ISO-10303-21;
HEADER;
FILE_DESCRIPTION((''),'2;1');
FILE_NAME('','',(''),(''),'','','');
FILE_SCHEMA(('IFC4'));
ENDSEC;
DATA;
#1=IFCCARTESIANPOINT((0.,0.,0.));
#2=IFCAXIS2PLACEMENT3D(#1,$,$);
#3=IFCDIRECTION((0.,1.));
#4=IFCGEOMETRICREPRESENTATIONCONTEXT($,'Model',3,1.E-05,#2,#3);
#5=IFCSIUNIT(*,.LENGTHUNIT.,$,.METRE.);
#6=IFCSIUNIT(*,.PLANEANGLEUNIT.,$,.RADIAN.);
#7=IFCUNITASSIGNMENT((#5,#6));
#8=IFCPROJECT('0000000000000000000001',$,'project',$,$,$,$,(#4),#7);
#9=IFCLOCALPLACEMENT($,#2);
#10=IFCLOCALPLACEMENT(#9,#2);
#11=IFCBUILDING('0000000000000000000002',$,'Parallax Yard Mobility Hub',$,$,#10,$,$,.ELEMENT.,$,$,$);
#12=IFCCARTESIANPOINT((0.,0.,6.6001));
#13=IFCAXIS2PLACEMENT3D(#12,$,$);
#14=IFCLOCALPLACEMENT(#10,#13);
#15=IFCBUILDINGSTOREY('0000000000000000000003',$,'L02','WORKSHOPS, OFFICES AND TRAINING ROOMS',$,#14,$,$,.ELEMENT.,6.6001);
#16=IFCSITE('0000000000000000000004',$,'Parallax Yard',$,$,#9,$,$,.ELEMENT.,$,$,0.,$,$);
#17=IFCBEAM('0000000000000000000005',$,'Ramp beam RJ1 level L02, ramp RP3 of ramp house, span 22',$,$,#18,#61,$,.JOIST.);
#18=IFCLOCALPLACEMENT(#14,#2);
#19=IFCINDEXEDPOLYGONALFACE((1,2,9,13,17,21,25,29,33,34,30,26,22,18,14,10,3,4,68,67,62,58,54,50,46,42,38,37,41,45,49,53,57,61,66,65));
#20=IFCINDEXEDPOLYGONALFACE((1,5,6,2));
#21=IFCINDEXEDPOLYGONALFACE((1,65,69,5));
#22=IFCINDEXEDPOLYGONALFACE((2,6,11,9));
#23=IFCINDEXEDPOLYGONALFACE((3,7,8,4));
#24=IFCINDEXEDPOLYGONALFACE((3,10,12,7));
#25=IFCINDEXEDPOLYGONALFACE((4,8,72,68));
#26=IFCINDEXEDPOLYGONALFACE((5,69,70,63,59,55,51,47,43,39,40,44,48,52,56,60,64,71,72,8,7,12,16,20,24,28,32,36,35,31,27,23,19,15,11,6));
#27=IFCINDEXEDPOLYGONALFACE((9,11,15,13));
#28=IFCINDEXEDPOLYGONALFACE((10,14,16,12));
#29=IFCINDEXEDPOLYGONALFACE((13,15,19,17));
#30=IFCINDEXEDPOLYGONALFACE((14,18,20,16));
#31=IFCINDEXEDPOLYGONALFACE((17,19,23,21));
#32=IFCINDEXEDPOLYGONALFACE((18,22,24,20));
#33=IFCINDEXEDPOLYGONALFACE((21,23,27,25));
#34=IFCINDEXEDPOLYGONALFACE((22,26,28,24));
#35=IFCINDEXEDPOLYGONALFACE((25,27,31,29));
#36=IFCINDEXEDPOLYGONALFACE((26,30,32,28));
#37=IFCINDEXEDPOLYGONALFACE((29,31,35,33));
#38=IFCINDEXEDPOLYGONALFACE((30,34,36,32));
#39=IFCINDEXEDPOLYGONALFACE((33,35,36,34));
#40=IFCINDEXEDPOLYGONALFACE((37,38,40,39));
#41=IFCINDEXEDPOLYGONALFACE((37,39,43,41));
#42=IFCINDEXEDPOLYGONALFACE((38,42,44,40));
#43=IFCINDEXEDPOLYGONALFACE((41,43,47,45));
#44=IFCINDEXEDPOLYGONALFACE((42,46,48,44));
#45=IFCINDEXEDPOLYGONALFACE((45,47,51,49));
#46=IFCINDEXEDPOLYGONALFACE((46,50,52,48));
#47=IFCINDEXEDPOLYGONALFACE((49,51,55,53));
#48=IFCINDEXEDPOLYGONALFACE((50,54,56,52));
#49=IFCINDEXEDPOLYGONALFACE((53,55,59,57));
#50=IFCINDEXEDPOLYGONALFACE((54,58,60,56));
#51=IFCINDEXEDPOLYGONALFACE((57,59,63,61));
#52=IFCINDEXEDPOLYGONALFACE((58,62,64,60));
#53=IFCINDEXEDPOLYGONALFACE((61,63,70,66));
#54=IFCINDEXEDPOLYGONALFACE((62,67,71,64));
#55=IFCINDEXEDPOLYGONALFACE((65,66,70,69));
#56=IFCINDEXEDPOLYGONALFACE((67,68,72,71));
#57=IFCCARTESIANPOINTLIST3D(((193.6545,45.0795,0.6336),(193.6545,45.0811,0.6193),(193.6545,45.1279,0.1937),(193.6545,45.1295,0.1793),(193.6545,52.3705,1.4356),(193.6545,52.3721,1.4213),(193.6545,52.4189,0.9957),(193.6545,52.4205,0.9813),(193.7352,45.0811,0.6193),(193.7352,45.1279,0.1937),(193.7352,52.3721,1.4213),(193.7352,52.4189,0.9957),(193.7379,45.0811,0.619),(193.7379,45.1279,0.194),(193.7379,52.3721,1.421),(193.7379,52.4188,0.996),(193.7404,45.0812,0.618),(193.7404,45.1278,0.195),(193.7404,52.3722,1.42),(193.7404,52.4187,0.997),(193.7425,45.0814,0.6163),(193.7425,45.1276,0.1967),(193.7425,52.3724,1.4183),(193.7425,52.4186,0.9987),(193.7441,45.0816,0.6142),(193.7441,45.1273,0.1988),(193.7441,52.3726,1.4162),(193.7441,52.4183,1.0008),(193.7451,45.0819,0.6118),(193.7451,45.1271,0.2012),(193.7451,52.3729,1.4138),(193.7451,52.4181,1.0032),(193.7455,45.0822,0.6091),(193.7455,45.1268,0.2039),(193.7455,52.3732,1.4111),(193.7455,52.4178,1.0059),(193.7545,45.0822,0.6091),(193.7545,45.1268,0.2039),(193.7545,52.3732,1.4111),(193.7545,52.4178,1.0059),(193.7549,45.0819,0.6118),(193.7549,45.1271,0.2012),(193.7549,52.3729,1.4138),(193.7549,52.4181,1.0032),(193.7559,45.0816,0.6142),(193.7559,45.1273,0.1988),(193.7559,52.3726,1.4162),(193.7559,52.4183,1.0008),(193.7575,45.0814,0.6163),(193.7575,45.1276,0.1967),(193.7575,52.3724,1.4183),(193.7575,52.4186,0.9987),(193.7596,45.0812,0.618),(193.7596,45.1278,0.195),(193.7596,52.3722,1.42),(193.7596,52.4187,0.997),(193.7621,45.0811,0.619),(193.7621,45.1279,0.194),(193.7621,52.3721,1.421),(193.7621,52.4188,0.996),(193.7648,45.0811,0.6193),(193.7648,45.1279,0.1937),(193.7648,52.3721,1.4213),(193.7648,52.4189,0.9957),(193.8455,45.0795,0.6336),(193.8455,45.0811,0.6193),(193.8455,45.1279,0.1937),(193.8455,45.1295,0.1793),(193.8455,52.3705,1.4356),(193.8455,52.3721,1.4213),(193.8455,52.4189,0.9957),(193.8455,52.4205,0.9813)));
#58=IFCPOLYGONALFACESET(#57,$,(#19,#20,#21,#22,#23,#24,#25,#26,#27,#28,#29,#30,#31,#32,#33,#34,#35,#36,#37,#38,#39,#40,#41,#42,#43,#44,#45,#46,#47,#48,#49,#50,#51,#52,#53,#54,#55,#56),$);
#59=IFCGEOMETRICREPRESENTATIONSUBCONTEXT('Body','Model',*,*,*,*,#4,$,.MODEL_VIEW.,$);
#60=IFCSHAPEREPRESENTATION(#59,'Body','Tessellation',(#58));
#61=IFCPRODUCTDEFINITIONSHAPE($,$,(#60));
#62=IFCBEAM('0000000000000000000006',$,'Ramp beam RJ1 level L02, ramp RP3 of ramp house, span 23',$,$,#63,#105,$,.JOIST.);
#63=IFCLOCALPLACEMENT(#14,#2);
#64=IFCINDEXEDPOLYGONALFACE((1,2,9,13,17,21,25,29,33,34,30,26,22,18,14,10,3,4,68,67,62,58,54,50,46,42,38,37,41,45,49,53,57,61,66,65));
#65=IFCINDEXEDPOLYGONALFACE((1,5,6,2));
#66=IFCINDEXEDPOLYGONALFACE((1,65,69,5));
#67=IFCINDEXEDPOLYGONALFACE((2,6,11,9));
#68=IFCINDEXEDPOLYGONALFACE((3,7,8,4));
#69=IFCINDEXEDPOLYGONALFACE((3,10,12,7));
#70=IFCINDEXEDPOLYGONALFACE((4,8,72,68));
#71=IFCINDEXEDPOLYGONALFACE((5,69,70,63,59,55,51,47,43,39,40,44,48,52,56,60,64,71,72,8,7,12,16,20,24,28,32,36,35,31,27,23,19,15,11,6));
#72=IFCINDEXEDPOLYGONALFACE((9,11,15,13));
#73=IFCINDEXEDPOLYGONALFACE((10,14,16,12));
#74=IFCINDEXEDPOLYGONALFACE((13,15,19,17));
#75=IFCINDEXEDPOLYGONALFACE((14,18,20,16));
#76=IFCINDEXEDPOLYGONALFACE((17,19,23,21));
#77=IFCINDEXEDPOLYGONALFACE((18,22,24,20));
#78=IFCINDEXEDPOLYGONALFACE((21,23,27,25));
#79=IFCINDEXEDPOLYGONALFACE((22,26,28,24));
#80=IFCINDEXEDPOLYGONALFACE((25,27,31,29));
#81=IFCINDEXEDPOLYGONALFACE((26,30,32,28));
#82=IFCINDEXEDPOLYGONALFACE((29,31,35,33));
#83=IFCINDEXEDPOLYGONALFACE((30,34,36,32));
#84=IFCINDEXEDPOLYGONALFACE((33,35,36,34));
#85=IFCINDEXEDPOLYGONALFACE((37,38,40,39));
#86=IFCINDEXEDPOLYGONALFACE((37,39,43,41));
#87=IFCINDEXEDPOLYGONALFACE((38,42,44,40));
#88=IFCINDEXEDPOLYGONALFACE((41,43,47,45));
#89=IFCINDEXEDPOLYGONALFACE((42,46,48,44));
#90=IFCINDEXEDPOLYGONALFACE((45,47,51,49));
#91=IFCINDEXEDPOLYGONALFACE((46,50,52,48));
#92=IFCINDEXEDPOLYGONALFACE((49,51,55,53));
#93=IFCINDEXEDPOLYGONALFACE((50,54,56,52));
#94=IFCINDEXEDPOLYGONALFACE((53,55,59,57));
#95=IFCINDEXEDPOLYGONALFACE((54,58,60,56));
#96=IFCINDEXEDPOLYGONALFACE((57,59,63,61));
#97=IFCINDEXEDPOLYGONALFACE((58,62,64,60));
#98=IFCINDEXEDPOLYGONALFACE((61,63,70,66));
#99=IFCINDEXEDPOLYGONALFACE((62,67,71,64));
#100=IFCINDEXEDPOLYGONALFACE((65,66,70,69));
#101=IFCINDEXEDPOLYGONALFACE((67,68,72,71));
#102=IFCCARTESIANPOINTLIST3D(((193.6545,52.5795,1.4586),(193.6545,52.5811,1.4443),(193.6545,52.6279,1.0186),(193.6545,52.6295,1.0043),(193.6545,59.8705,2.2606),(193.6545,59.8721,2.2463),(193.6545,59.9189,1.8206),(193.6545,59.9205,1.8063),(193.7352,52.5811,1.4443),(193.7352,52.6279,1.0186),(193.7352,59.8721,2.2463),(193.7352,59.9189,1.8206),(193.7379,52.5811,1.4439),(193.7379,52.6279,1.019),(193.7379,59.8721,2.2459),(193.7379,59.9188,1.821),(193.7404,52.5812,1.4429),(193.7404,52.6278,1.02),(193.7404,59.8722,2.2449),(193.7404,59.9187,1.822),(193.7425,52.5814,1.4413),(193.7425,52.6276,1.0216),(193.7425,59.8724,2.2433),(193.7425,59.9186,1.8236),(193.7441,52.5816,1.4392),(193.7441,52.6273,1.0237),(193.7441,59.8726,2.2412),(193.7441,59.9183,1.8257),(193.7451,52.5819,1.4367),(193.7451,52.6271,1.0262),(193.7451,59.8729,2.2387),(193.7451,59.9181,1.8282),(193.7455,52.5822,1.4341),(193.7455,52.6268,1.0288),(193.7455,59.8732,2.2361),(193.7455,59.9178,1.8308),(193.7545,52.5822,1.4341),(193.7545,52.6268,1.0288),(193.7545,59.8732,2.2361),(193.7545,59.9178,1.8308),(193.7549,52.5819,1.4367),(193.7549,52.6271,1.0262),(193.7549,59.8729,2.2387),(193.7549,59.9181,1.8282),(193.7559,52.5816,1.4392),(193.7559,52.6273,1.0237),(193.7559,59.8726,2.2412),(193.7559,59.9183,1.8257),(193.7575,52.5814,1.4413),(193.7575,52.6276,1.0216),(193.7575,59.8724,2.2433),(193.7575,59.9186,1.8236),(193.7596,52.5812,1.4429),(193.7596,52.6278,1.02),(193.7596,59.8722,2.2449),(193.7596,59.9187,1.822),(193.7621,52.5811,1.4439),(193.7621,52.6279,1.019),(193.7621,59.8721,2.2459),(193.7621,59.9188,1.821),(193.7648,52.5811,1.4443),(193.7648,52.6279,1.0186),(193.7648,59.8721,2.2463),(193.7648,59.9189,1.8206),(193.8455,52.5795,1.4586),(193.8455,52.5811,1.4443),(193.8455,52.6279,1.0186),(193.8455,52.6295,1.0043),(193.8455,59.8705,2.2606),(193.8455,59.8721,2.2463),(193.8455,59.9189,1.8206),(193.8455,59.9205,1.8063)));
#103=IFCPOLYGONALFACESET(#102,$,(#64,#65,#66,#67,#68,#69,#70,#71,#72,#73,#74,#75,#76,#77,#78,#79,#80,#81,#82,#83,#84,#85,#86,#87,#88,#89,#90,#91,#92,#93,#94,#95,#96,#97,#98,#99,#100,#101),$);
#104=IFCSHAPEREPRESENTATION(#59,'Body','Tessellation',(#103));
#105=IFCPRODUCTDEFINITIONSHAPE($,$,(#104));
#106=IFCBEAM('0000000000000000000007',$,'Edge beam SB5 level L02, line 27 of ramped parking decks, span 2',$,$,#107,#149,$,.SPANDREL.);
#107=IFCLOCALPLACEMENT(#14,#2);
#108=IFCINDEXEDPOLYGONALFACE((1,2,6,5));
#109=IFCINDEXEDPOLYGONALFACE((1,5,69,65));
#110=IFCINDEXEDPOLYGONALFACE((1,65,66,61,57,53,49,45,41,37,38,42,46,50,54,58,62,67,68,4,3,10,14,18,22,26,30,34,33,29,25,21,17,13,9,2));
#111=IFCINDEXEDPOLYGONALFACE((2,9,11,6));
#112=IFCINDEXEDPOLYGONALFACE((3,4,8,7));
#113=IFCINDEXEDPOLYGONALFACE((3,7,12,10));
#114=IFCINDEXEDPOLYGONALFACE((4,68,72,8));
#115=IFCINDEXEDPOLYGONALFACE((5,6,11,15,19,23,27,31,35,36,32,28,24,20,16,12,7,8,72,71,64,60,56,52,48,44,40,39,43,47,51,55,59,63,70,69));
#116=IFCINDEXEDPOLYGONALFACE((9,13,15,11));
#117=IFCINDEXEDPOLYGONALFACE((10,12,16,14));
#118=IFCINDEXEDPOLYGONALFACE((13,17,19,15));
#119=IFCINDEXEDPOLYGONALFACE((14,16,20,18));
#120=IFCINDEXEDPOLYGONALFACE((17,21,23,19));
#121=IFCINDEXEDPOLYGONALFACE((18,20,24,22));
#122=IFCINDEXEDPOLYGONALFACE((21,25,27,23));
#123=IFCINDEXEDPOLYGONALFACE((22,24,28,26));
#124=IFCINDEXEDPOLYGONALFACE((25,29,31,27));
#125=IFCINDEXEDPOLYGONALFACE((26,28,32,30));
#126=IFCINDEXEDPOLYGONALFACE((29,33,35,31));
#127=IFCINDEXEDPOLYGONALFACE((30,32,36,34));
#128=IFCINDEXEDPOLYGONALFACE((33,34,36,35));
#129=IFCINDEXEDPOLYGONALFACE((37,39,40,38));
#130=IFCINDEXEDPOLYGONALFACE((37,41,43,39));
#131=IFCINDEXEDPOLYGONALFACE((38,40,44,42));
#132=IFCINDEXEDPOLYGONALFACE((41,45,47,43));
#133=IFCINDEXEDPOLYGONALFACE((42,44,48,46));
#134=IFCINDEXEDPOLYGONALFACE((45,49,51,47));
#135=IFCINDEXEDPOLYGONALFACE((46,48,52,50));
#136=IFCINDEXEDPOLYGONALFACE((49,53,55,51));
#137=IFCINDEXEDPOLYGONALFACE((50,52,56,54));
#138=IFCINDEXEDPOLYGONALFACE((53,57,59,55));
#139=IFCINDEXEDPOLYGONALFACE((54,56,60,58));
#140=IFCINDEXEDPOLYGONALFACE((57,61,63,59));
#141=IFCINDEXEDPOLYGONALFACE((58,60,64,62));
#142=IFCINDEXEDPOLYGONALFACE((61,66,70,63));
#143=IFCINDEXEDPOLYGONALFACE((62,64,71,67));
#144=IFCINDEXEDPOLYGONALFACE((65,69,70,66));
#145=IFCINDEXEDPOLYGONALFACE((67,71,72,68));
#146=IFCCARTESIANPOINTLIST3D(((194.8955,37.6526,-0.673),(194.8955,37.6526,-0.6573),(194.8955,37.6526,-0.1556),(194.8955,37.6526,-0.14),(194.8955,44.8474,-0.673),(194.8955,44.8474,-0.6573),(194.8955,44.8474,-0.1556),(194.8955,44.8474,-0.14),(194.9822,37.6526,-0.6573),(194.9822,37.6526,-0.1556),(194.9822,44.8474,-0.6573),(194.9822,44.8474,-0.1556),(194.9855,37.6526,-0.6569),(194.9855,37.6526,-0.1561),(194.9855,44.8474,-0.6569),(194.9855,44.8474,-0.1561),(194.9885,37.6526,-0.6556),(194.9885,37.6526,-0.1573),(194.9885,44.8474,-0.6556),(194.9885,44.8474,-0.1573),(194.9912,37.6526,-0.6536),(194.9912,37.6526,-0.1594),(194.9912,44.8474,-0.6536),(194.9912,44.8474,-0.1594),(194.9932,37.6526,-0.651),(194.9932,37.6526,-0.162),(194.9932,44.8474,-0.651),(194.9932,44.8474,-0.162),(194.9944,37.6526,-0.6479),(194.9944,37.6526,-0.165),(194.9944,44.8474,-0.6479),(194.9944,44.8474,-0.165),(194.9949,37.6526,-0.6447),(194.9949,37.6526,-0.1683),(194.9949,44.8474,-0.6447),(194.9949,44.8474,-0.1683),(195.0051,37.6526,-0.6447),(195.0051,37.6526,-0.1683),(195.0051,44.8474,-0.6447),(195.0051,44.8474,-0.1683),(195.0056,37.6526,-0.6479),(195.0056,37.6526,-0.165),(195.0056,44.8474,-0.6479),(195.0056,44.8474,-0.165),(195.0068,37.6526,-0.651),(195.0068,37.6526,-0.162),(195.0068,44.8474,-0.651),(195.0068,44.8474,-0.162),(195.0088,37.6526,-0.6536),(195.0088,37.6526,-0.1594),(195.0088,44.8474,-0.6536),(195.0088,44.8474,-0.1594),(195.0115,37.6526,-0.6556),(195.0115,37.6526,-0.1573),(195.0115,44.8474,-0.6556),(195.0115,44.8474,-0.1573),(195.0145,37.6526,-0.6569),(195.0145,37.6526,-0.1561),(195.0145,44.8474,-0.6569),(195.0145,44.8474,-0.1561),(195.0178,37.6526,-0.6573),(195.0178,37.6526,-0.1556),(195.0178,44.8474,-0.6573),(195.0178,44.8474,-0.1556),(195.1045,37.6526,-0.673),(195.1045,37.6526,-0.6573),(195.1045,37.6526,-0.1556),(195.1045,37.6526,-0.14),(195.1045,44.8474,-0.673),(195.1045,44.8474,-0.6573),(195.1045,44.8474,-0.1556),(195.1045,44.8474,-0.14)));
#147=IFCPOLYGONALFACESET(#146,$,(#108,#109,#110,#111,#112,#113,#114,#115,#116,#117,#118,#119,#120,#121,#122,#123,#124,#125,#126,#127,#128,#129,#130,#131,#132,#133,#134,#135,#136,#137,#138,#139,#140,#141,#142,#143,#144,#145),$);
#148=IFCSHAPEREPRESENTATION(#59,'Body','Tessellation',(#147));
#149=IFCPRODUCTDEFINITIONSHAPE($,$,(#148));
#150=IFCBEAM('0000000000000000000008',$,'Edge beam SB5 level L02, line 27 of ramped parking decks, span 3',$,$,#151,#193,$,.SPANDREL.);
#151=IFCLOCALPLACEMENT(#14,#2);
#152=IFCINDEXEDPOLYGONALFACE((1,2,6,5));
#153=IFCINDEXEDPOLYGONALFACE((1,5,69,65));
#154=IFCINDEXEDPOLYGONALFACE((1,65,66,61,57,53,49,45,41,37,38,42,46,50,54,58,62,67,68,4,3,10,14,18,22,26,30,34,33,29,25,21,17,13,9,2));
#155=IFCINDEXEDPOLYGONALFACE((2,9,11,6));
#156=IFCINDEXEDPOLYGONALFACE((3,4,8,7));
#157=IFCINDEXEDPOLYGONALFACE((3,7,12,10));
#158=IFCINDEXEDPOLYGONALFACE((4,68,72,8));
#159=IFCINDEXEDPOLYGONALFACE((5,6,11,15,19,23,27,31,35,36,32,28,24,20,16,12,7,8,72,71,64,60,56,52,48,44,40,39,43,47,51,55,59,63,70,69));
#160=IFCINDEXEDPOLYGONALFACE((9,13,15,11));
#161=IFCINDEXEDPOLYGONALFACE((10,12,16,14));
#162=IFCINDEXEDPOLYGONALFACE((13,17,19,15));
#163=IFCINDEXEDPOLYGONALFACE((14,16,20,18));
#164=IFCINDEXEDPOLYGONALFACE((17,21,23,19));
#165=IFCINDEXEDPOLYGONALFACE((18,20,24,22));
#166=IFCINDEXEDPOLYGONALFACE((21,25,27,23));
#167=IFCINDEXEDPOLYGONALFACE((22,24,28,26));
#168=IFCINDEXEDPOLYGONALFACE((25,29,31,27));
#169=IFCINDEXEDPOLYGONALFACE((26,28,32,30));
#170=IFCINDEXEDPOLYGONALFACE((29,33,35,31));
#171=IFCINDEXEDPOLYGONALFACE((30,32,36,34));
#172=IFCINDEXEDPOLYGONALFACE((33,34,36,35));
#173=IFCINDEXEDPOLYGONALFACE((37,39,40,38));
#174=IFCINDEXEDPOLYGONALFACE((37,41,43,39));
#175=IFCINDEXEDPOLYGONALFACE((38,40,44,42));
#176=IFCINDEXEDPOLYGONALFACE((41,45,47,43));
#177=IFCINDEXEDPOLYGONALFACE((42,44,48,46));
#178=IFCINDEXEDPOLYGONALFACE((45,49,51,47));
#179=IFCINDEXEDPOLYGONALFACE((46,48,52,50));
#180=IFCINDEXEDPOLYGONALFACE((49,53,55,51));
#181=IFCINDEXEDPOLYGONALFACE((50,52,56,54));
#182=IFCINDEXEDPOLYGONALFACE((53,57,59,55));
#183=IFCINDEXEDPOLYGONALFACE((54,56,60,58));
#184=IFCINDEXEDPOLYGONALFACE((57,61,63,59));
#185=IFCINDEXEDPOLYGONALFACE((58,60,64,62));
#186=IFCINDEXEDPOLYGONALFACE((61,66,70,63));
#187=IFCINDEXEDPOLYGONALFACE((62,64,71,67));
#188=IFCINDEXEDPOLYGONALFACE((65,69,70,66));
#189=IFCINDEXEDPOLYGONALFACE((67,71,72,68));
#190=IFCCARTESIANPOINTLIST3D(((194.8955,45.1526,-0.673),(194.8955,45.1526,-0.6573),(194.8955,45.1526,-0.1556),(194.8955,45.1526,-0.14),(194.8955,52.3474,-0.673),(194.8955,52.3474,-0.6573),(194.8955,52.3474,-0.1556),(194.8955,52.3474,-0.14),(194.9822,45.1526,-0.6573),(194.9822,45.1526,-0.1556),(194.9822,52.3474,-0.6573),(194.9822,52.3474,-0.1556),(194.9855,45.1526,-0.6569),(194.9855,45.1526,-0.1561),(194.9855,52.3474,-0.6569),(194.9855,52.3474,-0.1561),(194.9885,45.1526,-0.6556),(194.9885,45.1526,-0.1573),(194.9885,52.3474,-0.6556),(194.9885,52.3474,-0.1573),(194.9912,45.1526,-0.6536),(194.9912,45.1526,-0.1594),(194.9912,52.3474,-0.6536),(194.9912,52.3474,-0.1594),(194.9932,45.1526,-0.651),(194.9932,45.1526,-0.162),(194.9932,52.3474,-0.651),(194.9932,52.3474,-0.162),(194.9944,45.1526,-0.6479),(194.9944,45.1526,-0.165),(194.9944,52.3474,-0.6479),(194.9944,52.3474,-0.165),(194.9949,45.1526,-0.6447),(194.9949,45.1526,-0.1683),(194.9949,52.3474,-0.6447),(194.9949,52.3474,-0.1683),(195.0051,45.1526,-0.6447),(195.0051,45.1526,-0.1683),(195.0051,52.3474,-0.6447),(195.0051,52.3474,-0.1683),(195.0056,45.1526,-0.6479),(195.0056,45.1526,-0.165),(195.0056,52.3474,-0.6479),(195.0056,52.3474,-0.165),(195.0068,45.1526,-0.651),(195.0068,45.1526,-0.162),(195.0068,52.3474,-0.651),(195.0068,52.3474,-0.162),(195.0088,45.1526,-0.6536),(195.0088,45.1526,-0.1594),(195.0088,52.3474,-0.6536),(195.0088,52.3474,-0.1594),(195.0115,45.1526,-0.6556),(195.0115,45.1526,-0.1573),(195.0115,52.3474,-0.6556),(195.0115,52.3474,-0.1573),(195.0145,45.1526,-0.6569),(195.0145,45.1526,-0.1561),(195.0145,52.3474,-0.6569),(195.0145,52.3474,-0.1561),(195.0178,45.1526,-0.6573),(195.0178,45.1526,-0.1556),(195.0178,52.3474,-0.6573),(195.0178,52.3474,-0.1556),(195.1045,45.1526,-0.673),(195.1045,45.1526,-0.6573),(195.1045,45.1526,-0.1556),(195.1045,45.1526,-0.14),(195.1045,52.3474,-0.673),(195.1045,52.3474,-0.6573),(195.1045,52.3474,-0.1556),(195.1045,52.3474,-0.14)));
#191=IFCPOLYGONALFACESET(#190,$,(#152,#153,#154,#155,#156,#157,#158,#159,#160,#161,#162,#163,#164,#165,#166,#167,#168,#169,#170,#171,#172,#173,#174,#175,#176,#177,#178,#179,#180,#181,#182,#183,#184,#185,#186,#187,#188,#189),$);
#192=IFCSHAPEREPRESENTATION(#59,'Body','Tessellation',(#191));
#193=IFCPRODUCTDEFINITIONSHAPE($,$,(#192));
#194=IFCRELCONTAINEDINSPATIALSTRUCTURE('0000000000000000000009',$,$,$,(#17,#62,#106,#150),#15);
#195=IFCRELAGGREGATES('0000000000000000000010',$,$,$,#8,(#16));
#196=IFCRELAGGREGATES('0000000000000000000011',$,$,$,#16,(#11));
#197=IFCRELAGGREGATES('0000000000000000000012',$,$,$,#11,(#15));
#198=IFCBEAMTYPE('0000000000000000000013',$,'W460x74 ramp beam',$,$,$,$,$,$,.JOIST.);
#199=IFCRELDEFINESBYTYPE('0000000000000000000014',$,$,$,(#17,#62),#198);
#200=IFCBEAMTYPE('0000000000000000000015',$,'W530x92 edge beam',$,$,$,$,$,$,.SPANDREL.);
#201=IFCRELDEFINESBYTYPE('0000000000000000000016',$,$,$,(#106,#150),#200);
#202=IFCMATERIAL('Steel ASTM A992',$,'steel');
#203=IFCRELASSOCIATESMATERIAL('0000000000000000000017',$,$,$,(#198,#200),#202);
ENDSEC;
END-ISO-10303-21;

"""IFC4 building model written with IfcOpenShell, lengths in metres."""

from ifc_helpers import new_model, si_unit, direction, frame, origin, origin_2d, place, context, subcontext, project, spatial, i_section, extrude, material, material_profile, profile_set, type_object, element, save


model = new_model("IFC4")

# Units and contexts
model_context = context("Model", 3, precision=1e-05, world=origin(), true_north=direction((0.0, 1.0)))
body_context = subcontext(model_context, "Body", "Model", "MODEL_VIEW")
ifc_project = project(units=[si_unit("LENGTHUNIT", "METRE"), si_unit("PLANEANGLEUNIT", "RADIAN")], contexts=[model_context])

# Site, building, storey
site_placement = place(None, origin())
site = spatial("IfcSite", under=ifc_project, at=site_placement, Name="Parallax Yard", CompositionType="ELEMENT", RefElevation=0.0)
building_placement = place(site_placement, origin())
building = spatial("IfcBuilding", under=site, at=building_placement, Name="Parallax Yard Mobility Hub", CompositionType="ELEMENT")
storey_placement = place(building_placement, frame((0.0, 0.0, 6.6001)))
storey = spatial("IfcBuildingStorey", under=building, at=storey_placement, Name="L02", Description="WORKSHOPS, OFFICES AND TRAINING ROOMS", CompositionType="ELEMENT", Elevation=6.6001)

# Shared definitions
ifc_material_1 = material(Name="Steel ASTM A992", Category="steel")

# Beams
ifc_material_profile_1 = material_profile(ifc_material_1, i_section(OverallWidth=0.1909, OverallDepth=0.457, WebThickness=0.009, FlangeThickness=0.0144, FilletRadius=0.0103, at=origin_2d()), Name="W460x74")
ifc_profile_set_1 = profile_set([ifc_material_profile_1], Name="Steel ASTM A992")
beam_type_1 = type_object("IfcBeamType", Name="W460x74 ramp beam", PredefinedType="JOIST", material=ifc_profile_set_1)
for number, where, z_axis, x_axis, name in (
    (1, (193.75, 45.1045, 0.4065), (0.0, 0.994005, 0.109339), (-1.0, 0.0, 0.0), "Ramp beam RJ1 level L02, ramp RP3 of ramp house, span 22"),
    (2, (193.75, 52.6045, 1.2314), (0.0, 0.994005, 0.109339), (-1.0, 0.0, 0.0), "Ramp beam RJ1 level L02, ramp RP3 of ramp house, span 23"),
):
    element("IfcBeam", number, at=place(storey_placement, frame(where, z_axis=z_axis, x_axis=x_axis)), inside=storey, type_object=beam_type_1, Name=name, PredefinedType="JOIST", context=body_context, shape_type="SweptSolid", body=[
        extrude(i_section(OverallWidth=0.1909, OverallDepth=0.457, WebThickness=0.009, FlangeThickness=0.0144, FilletRadius=0.0103, at=origin_2d()), origin(), (0.0, 0.0, 1.0), 7.335),
    ])
ifc_material_profile_2 = material_profile(ifc_material_1, i_section(OverallWidth=0.209, OverallDepth=0.533, WebThickness=0.0103, FlangeThickness=0.0156, FilletRadius=0.0127, at=origin_2d()), Name="W530x92")
ifc_profile_set_2 = profile_set([ifc_material_profile_2], Name="Steel ASTM A992")
beam_type_2 = type_object("IfcBeamType", Name="W530x92 edge beam", PredefinedType="SPANDREL", material=ifc_profile_set_2)
for number, where, z_axis, x_axis, name in (
    (3, (195.0, 37.6526, -0.4065), (0.0, 1.0, 0.0), (-1.0, 0.0, 0.0), "Edge beam SB5 level L02, line 27 of ramped parking decks, span 2"),
    (4, (195.0, 45.1526, -0.4065), (0.0, 1.0, 0.0), (-1.0, 0.0, 0.0), "Edge beam SB5 level L02, line 27 of ramped parking decks, span 3"),
):
    element("IfcBeam", number, at=place(storey_placement, frame(where, z_axis=z_axis, x_axis=x_axis)), inside=storey, type_object=beam_type_2, Name=name, PredefinedType="SPANDREL", context=body_context, shape_type="SweptSolid", body=[
        extrude(i_section(OverallWidth=0.209, OverallDepth=0.533, WebThickness=0.0103, FlangeThickness=0.0156, FilletRadius=0.0127, at=origin_2d()), origin(), (0.0, 0.0, 1.0), 7.1948),
    ])

save(model, "model.ifc")
